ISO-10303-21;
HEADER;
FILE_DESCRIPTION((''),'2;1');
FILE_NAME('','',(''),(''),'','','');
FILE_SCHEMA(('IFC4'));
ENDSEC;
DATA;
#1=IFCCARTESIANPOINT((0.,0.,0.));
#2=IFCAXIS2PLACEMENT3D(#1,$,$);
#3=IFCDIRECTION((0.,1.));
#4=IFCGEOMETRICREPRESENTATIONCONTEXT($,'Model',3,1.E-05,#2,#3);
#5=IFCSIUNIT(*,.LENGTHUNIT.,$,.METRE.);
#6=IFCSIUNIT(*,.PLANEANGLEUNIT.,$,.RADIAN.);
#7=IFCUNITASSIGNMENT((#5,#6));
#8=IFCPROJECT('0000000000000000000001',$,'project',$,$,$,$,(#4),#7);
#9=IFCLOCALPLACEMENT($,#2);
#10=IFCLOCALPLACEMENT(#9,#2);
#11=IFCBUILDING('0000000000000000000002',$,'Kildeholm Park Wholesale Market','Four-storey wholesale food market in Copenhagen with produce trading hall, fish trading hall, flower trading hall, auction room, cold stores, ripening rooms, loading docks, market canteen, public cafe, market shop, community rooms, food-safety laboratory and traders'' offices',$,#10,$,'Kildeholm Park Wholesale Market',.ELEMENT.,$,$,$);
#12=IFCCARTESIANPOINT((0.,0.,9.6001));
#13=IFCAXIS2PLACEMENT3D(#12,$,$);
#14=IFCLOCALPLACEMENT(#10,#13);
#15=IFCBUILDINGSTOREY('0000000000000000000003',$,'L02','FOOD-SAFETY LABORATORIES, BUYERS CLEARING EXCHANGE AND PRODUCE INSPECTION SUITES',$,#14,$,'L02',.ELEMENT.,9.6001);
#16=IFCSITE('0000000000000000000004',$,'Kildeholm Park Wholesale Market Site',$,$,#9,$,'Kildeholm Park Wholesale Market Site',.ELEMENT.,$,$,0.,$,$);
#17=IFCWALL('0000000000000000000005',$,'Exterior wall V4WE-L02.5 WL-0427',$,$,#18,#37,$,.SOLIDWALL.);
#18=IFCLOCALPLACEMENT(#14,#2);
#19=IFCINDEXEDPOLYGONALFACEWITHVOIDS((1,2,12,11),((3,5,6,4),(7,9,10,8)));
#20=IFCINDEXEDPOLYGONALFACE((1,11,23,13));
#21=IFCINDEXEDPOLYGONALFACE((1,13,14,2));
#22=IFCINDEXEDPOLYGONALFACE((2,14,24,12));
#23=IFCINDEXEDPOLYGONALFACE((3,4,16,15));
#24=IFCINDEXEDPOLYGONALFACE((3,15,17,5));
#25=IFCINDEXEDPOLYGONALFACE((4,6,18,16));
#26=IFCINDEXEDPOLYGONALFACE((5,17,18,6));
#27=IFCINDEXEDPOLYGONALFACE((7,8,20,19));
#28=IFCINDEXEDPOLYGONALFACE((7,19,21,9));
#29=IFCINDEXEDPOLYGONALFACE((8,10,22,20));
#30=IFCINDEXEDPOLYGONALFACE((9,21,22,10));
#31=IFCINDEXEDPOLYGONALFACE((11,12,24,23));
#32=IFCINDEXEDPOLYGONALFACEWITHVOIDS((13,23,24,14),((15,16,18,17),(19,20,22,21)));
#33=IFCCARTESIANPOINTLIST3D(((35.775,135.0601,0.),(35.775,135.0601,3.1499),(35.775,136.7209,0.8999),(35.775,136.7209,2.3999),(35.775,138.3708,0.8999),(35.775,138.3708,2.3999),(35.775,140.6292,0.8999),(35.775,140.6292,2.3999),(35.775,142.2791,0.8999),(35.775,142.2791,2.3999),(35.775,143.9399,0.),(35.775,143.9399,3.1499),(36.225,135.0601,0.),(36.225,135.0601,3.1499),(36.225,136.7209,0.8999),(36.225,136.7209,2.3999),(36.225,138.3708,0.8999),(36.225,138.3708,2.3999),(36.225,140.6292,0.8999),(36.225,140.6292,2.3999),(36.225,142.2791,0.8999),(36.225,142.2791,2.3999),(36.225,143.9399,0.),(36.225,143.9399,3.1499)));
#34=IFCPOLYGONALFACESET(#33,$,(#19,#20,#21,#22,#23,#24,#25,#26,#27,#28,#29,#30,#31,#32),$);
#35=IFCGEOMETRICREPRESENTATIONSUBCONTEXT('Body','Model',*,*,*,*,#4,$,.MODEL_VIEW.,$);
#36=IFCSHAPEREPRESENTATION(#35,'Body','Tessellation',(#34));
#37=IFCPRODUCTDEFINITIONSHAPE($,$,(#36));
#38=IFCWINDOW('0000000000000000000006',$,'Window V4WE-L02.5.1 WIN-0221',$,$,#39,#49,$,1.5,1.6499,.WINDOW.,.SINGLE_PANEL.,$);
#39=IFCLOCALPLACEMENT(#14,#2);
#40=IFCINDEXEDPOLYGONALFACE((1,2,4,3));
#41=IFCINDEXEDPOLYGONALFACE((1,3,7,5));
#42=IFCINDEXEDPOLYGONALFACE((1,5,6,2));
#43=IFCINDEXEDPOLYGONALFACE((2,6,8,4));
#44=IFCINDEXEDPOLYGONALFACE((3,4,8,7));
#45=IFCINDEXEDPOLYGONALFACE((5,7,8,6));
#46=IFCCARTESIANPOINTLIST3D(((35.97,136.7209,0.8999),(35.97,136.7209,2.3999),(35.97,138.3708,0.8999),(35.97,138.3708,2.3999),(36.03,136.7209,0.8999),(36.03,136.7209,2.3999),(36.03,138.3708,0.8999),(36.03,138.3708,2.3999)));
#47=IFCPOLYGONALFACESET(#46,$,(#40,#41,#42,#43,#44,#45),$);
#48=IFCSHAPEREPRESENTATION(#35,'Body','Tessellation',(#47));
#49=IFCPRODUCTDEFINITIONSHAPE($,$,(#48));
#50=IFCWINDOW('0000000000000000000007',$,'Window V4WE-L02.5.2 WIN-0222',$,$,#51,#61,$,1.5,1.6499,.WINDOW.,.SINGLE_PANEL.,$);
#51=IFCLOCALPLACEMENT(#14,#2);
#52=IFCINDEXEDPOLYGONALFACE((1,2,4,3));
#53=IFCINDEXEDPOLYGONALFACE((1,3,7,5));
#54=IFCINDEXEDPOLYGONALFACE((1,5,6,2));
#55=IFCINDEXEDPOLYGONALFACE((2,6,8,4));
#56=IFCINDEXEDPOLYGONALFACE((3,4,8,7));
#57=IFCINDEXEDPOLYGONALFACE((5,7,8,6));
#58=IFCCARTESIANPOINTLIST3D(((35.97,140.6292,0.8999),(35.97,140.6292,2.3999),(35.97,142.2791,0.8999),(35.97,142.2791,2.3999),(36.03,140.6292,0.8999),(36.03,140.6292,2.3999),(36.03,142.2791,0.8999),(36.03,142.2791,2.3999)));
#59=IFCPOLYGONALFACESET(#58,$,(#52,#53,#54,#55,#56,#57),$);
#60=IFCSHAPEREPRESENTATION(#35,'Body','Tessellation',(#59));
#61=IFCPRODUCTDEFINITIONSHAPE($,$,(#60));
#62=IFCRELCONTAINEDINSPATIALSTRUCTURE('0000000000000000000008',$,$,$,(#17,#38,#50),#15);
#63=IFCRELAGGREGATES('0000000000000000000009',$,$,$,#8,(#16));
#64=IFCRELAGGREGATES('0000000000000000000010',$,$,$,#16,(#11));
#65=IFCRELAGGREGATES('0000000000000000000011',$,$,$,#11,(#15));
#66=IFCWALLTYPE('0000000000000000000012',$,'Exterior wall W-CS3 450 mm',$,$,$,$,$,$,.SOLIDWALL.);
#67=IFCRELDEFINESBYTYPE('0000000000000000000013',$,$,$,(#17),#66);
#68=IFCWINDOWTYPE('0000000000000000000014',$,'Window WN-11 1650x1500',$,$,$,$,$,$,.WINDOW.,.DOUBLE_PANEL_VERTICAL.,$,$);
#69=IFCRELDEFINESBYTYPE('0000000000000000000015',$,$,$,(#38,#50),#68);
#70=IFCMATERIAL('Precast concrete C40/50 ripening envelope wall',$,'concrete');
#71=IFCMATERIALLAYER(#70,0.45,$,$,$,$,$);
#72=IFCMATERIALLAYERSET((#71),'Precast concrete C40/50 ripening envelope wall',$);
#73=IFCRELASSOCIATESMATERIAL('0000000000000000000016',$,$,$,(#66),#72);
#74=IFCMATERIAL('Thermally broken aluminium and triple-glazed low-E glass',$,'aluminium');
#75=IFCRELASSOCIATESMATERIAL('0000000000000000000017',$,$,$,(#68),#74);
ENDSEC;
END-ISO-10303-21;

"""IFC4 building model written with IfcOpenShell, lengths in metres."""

from ifc_helpers import new_model, si_unit, direction, frame, frame_2d, origin, place, context, subcontext, project, spatial, rectangle, extrude, material, layer, layer_set, type_object, element, fill, save


model = new_model("IFC4")

# Units and contexts
model_context = context("Model", 3, precision=1e-05, world=origin(), true_north=direction((0.0, 1.0)))
body_context = subcontext(model_context, "Body", "Model", "MODEL_VIEW")
ifc_project = project(units=[si_unit("LENGTHUNIT", "METRE"), si_unit("PLANEANGLEUNIT", "RADIAN")], contexts=[model_context])

# Site, building, storey
site_placement = place(None, origin())
site = spatial("IfcSite", under=ifc_project, at=site_placement, Name="Kildeholm Park Wholesale Market Site", LongName="Kildeholm Park Wholesale Market Site", CompositionType="ELEMENT", RefElevation=0.0)
building_placement = place(site_placement, origin())
building = spatial("IfcBuilding", under=site, at=building_placement, Name="Kildeholm Park Wholesale Market", Description="Four-storey wholesale food market in Copenhagen with produce trading hall, fish trading hall, flower trading hall, auction room, cold stores, ripening rooms, loading docks, market canteen, public cafe, market shop, community rooms, food-safety laboratory and traders' offices", LongName="Kildeholm Park Wholesale Market", CompositionType="ELEMENT")
storey_placement = place(building_placement, frame((0.0, 0.0, 9.6001)))
storey = spatial("IfcBuildingStorey", under=building, at=storey_placement, Name="L02", Description="FOOD-SAFETY LABORATORIES, BUYERS CLEARING EXCHANGE AND PRODUCE INSPECTION SUITES", LongName="L02", CompositionType="ELEMENT", Elevation=9.6001)

# Wall, openings, windows
ifc_material_1 = material(Name="Precast concrete C40/50 ripening envelope wall", Category="concrete")
ifc_layer = layer(ifc_material_1, 0.45)
ifc_layer_set = layer_set([ifc_layer], Name="Precast concrete C40/50 ripening envelope wall")
wall_type = type_object("IfcWallType", Name="Exterior wall W-CS3 450 mm", PredefinedType="SOLIDWALL", material=ifc_layer_set)
ifc_material_2 = material(Name="Thermally broken aluminium and triple-glazed low-E glass", Category="aluminium")
window_type = type_object("IfcWindowType", Name="Window WN-11 1650x1500", PartitioningType="DOUBLE_PANEL_VERTICAL", PredefinedType="WINDOW", material=ifc_material_2)
wall_1_placement = place(storey_placement, frame((36.0, 135.0601, 0.0), z_axis=(0.0, 0.0, 1.0), x_axis=(0.0, 1.0, 0.0)))
wall_1 = element("IfcWall", 1, at=wall_1_placement, inside=storey, type_object=wall_type, Name="Exterior wall V4WE-L02.5 WL-0427", PredefinedType="SOLIDWALL", context=body_context, shape_type="SweptSolid", body=[
    extrude(rectangle(XDim=8.8799, YDim=0.45, at=frame_2d((4.4399, 0.0))), origin(), (0.0, 0.0, 1.0), 3.1499),
])
opening_1_placement = place(wall_1_placement, frame((1.6609, 0.0, 0.8999)))
opening_1 = element("IfcOpeningElement", 2, at=opening_1_placement, cuts=wall_1, PredefinedType="OPENING", context=body_context, shape_type="SweptSolid", body=[
    extrude(rectangle(XDim=1.6499, YDim=1.5, at=frame_2d((0.825, 0.75))), frame((0.0, 0.2349, 0.0), z_axis=(0.0, -1.0, 0.0), x_axis=(1.0, 0.0, 0.0)), (0.0, 0.0, 1.0), 0.47),
])
opening_2_placement = place(wall_1_placement, frame((5.5691, 0.0, 0.8999)))
opening_2 = element("IfcOpeningElement", 3, at=opening_2_placement, cuts=wall_1, PredefinedType="OPENING", context=body_context, shape_type="SweptSolid", body=[
    extrude(rectangle(XDim=1.6499, YDim=1.5, at=frame_2d((0.825, 0.75))), frame((0.0, 0.2349, 0.0), z_axis=(0.0, -1.0, 0.0), x_axis=(1.0, 0.0, 0.0)), (0.0, 0.0, 1.0), 0.47),
])
window_1_placement = place(opening_1_placement, origin())
window_1 = element("IfcWindow", 4, at=window_1_placement, inside=storey, type_object=window_type, Name="Window V4WE-L02.5.1 WIN-0221", OverallHeight=1.5, OverallWidth=1.6499, PartitioningType="SINGLE_PANEL", PredefinedType="WINDOW", context=body_context, shape_type="SweptSolid", body=[
    extrude(rectangle(XDim=1.6499, YDim=1.5, at=frame_2d((0.825, 0.75))), frame((0.0, 0.03, 0.0), z_axis=(0.0, -1.0, 0.0), x_axis=(1.0, 0.0, 0.0)), (0.0, 0.0, 1.0), 0.0601),
])
fill(opening_1, window_1)
window_2_placement = place(opening_2_placement, origin())
window_2 = element("IfcWindow", 5, at=window_2_placement, inside=storey, type_object=window_type, Name="Window V4WE-L02.5.2 WIN-0222", OverallHeight=1.5, OverallWidth=1.6499, PartitioningType="SINGLE_PANEL", PredefinedType="WINDOW", context=body_context, shape_type="SweptSolid", body=[
    extrude(rectangle(XDim=1.6499, YDim=1.5, at=frame_2d((0.825, 0.75))), frame((0.0, 0.03, 0.0), z_axis=(0.0, -1.0, 0.0), x_axis=(1.0, 0.0, 0.0)), (0.0, 0.0, 1.0), 0.0601),
])
fill(opening_2, window_2)

save(model, "model.ifc")
